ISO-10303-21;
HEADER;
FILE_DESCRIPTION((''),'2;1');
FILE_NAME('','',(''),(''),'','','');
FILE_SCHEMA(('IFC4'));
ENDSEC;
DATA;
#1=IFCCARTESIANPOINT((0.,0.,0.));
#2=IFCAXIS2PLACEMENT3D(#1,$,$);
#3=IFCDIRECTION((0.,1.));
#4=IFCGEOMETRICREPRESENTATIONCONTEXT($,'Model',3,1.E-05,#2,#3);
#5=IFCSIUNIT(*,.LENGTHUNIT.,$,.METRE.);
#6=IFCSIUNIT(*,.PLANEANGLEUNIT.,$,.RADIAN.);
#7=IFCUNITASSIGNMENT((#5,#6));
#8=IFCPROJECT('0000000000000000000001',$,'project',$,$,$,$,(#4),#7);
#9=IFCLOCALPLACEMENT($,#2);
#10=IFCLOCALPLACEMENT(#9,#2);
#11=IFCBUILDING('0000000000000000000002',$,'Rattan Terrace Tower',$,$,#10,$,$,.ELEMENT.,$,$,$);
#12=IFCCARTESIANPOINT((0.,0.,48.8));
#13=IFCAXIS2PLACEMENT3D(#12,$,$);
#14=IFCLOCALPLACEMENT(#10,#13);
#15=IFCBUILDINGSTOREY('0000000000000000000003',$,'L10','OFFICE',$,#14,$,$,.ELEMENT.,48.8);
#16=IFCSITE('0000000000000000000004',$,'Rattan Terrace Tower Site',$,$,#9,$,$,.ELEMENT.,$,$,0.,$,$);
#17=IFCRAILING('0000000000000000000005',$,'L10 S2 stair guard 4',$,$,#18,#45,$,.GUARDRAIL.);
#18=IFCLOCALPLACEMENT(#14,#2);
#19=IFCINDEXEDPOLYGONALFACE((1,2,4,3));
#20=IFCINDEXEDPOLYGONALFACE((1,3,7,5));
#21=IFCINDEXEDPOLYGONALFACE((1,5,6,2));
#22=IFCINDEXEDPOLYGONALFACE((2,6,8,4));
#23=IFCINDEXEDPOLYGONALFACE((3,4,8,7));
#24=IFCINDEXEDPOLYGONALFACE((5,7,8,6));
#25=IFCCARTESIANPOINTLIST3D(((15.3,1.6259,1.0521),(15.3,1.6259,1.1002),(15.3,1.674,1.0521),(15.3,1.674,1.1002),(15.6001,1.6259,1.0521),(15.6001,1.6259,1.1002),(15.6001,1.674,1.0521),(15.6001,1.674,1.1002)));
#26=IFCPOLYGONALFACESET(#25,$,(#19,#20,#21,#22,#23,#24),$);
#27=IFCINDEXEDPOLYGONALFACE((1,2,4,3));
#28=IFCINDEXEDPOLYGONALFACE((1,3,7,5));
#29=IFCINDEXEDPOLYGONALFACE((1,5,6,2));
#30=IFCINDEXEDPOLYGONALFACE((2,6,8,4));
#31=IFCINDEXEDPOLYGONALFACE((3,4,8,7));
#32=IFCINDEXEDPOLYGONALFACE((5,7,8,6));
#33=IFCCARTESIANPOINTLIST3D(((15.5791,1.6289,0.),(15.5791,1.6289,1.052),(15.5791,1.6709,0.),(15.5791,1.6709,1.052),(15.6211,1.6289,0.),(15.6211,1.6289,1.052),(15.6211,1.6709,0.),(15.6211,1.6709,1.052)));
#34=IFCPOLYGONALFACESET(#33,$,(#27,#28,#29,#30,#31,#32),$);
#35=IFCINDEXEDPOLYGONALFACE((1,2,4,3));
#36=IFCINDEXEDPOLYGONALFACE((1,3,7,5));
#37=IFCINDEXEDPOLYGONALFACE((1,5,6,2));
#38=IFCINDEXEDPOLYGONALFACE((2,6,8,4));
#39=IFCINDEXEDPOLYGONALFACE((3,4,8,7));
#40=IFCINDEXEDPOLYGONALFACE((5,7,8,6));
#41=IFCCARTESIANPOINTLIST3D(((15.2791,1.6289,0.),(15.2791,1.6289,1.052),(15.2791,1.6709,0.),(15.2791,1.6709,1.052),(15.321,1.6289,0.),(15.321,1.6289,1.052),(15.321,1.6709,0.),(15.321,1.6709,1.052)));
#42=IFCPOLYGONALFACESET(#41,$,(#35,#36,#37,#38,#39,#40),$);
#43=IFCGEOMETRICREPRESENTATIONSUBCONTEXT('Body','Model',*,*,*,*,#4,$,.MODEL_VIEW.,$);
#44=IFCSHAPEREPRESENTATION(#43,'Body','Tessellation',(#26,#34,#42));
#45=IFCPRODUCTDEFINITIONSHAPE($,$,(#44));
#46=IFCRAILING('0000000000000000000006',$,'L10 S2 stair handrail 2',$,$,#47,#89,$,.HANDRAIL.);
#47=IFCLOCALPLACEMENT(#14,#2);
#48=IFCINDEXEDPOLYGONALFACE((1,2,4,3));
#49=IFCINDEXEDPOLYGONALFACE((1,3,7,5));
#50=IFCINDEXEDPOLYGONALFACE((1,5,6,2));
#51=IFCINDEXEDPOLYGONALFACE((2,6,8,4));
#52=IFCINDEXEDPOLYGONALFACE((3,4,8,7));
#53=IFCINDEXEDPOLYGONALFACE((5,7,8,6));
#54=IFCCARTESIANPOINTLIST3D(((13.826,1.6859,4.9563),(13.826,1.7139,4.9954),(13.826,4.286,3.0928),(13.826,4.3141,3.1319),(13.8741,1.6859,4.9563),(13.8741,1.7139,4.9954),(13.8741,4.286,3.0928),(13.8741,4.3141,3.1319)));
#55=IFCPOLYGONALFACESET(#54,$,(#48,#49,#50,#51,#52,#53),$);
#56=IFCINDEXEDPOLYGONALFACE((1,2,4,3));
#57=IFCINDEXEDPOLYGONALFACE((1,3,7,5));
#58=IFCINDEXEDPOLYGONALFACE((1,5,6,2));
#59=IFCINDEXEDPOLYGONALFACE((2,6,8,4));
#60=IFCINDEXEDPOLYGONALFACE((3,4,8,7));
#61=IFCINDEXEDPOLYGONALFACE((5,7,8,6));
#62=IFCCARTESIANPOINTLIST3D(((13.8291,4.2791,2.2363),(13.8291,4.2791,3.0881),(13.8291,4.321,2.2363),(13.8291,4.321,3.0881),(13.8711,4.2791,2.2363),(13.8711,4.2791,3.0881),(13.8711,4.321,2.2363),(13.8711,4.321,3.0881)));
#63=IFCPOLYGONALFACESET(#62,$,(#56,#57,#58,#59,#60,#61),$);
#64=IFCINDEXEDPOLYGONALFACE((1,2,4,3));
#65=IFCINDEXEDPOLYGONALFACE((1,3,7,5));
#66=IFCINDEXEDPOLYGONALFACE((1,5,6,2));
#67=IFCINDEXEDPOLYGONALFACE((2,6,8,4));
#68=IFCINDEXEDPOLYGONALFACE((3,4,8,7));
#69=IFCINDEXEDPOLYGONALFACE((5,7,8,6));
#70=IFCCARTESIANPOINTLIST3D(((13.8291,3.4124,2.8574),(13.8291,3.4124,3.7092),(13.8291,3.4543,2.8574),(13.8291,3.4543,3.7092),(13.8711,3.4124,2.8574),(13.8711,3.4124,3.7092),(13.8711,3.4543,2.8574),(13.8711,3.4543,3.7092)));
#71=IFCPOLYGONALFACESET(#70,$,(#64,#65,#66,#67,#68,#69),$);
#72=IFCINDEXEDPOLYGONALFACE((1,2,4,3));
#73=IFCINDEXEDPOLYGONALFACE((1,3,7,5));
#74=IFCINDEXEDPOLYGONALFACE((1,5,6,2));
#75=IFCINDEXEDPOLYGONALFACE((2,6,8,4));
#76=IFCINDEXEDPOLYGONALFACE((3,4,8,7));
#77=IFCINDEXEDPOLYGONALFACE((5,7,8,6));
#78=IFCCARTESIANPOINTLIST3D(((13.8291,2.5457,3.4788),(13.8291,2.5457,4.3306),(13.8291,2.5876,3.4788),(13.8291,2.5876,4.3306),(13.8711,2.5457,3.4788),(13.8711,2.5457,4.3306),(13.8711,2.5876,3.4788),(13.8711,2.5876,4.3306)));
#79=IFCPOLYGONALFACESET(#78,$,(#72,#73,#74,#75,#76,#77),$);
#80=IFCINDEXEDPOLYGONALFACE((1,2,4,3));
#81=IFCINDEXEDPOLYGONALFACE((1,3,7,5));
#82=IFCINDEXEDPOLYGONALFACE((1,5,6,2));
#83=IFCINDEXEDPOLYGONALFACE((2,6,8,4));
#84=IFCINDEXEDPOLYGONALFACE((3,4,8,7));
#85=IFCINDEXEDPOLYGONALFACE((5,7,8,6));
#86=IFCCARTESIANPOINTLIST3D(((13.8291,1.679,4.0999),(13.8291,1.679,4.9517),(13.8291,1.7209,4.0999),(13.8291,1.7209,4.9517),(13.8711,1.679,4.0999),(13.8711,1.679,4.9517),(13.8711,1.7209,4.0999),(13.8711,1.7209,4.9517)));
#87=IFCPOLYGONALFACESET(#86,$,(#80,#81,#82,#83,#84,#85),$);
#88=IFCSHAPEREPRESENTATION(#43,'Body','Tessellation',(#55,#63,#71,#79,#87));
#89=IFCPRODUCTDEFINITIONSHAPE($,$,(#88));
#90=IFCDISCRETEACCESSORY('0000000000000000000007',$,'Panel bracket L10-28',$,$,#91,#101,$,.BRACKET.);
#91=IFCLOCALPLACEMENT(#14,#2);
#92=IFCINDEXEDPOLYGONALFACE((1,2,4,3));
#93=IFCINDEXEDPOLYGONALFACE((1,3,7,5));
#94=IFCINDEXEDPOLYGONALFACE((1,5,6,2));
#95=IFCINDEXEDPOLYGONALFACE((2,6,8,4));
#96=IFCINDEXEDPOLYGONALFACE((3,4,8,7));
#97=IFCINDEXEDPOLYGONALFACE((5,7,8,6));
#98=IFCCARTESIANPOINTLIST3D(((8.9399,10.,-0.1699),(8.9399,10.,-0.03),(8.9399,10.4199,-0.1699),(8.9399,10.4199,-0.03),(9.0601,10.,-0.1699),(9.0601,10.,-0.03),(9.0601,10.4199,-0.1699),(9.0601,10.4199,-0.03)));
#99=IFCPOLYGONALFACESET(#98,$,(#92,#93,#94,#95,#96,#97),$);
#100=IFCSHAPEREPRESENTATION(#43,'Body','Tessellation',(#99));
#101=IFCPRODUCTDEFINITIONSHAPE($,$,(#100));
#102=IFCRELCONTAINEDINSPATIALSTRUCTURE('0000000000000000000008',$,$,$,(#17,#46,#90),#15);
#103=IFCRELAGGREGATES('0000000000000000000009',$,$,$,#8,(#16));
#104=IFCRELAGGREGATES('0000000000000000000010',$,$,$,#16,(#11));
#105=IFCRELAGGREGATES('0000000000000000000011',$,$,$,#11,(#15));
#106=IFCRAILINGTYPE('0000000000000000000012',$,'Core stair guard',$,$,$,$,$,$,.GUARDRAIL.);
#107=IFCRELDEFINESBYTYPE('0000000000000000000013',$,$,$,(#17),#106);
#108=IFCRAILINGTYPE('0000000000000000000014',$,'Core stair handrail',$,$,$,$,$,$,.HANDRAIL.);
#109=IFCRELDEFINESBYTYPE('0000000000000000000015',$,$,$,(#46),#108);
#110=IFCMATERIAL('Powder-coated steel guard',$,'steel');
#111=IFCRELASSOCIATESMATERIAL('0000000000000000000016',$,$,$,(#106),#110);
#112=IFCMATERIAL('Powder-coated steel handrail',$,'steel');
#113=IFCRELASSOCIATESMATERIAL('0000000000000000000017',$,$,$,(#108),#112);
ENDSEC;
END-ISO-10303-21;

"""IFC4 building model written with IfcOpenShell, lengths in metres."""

from ifc_helpers import new_model, si_unit, direction, frame, origin, origin_2d, place, context, subcontext, project, spatial, rectangle, extrude, material, type_object, element, save


model = new_model("IFC4")

# Units and contexts
model_context = context("Model", 3, precision=1e-05, world=origin(), true_north=direction((0.0, 1.0)))
body_context = subcontext(model_context, "Body", "Model", "MODEL_VIEW")
ifc_project = project(units=[si_unit("LENGTHUNIT", "METRE"), si_unit("PLANEANGLEUNIT", "RADIAN")], contexts=[model_context])

# Site, building, storey
site_placement = place(None, origin())
site = spatial("IfcSite", under=ifc_project, at=site_placement, Name="Rattan Terrace Tower Site", CompositionType="ELEMENT", RefElevation=0.0)
building_placement = place(site_placement, origin())
building = spatial("IfcBuilding", under=site, at=building_placement, Name="Rattan Terrace Tower", CompositionType="ELEMENT")
storey_placement = place(building_placement, frame((0.0, 0.0, 48.8)))
storey = spatial("IfcBuildingStorey", under=building, at=storey_placement, Name="L10", Description="OFFICE", CompositionType="ELEMENT", Elevation=48.8)

# Railings
ifc_material_1 = material(Name="Powder-coated steel guard", Category="steel")
railing_type_1 = type_object("IfcRailingType", Name="Core stair guard", PredefinedType="GUARDRAIL", material=ifc_material_1)
railing_1_placement = place(storey_placement, frame((15.6001, 1.6499, 0.0)))
element("IfcRailing", 1, at=railing_1_placement, inside=storey, type_object=railing_type_1, Name="L10 S2 stair guard 4", PredefinedType="GUARDRAIL", context=body_context, shape_type="SweptSolid", body=[
    extrude(rectangle(XDim=0.0481, YDim=0.0481, at=origin_2d()), frame((0.0, 0.0, 1.0762), z_axis=(-1.0, 0.0, 0.0), x_axis=(0.0, -1.0, 0.0)), (0.0, 0.0, 1.0), 0.3),
    extrude(rectangle(XDim=0.042, YDim=0.042, at=origin_2d()), origin(), (0.0, 0.0, 1.0), 1.052),
    extrude(rectangle(XDim=0.042, YDim=0.042, at=origin_2d()), frame((-0.3, 0.0, 0.0)), (0.0, 0.0, 1.0), 1.052),
])
ifc_material_2 = material(Name="Powder-coated steel handrail", Category="steel")
railing_type_2 = type_object("IfcRailingType", Name="Core stair handrail", PredefinedType="HANDRAIL", material=ifc_material_2)
railing_2_placement = place(storey_placement, frame((13.8501, 4.3, 2.2363)))
element("IfcRailing", 2, at=railing_2_placement, inside=storey, type_object=railing_type_2, Name="L10 S2 stair handrail 2", PredefinedType="HANDRAIL", context=body_context, shape_type="SweptSolid", body=[
    extrude(rectangle(XDim=0.0481, YDim=0.0481, at=origin_2d()), frame((0.0, 0.0, 0.876), z_axis=(0.0, -0.812799, 0.582544), x_axis=(1.0, 0.0, 0.0)), (0.0, 0.0, 1.0), 3.199),
    extrude(rectangle(XDim=0.042, YDim=0.042, at=origin_2d()), origin(), (0.0, 0.0, 1.0), 0.8518),
    extrude(rectangle(XDim=0.042, YDim=0.042, at=origin_2d()), frame((0.0, -0.8667, 0.6211)), (0.0, 0.0, 1.0), 0.8518),
    extrude(rectangle(XDim=0.042, YDim=0.042, at=origin_2d()), frame((0.0, -1.7334, 1.2424)), (0.0, 0.0, 1.0), 0.8518),
    extrude(rectangle(XDim=0.042, YDim=0.042, at=origin_2d()), frame((0.0, -2.6001, 1.8635)), (0.0, 0.0, 1.0), 0.8518),
])

# Discrete accessory
discrete_accessory_placement = place(storey_placement, frame((9.0, 10.21, -0.1699), z_axis=(0.0, 0.0, 1.0), x_axis=(-1.0, 0.0, 0.0)))
element("IfcDiscreteAccessory", 3, at=discrete_accessory_placement, inside=storey, Name="Panel bracket L10-28", PredefinedType="BRACKET", context=body_context, shape_type="SweptSolid", body=[
    extrude(rectangle(XDim=0.1201, YDim=0.4199, at=origin_2d()), origin(), (0.0, 0.0, 1.0), 0.1399),
])

save(model, "model.ifc")
